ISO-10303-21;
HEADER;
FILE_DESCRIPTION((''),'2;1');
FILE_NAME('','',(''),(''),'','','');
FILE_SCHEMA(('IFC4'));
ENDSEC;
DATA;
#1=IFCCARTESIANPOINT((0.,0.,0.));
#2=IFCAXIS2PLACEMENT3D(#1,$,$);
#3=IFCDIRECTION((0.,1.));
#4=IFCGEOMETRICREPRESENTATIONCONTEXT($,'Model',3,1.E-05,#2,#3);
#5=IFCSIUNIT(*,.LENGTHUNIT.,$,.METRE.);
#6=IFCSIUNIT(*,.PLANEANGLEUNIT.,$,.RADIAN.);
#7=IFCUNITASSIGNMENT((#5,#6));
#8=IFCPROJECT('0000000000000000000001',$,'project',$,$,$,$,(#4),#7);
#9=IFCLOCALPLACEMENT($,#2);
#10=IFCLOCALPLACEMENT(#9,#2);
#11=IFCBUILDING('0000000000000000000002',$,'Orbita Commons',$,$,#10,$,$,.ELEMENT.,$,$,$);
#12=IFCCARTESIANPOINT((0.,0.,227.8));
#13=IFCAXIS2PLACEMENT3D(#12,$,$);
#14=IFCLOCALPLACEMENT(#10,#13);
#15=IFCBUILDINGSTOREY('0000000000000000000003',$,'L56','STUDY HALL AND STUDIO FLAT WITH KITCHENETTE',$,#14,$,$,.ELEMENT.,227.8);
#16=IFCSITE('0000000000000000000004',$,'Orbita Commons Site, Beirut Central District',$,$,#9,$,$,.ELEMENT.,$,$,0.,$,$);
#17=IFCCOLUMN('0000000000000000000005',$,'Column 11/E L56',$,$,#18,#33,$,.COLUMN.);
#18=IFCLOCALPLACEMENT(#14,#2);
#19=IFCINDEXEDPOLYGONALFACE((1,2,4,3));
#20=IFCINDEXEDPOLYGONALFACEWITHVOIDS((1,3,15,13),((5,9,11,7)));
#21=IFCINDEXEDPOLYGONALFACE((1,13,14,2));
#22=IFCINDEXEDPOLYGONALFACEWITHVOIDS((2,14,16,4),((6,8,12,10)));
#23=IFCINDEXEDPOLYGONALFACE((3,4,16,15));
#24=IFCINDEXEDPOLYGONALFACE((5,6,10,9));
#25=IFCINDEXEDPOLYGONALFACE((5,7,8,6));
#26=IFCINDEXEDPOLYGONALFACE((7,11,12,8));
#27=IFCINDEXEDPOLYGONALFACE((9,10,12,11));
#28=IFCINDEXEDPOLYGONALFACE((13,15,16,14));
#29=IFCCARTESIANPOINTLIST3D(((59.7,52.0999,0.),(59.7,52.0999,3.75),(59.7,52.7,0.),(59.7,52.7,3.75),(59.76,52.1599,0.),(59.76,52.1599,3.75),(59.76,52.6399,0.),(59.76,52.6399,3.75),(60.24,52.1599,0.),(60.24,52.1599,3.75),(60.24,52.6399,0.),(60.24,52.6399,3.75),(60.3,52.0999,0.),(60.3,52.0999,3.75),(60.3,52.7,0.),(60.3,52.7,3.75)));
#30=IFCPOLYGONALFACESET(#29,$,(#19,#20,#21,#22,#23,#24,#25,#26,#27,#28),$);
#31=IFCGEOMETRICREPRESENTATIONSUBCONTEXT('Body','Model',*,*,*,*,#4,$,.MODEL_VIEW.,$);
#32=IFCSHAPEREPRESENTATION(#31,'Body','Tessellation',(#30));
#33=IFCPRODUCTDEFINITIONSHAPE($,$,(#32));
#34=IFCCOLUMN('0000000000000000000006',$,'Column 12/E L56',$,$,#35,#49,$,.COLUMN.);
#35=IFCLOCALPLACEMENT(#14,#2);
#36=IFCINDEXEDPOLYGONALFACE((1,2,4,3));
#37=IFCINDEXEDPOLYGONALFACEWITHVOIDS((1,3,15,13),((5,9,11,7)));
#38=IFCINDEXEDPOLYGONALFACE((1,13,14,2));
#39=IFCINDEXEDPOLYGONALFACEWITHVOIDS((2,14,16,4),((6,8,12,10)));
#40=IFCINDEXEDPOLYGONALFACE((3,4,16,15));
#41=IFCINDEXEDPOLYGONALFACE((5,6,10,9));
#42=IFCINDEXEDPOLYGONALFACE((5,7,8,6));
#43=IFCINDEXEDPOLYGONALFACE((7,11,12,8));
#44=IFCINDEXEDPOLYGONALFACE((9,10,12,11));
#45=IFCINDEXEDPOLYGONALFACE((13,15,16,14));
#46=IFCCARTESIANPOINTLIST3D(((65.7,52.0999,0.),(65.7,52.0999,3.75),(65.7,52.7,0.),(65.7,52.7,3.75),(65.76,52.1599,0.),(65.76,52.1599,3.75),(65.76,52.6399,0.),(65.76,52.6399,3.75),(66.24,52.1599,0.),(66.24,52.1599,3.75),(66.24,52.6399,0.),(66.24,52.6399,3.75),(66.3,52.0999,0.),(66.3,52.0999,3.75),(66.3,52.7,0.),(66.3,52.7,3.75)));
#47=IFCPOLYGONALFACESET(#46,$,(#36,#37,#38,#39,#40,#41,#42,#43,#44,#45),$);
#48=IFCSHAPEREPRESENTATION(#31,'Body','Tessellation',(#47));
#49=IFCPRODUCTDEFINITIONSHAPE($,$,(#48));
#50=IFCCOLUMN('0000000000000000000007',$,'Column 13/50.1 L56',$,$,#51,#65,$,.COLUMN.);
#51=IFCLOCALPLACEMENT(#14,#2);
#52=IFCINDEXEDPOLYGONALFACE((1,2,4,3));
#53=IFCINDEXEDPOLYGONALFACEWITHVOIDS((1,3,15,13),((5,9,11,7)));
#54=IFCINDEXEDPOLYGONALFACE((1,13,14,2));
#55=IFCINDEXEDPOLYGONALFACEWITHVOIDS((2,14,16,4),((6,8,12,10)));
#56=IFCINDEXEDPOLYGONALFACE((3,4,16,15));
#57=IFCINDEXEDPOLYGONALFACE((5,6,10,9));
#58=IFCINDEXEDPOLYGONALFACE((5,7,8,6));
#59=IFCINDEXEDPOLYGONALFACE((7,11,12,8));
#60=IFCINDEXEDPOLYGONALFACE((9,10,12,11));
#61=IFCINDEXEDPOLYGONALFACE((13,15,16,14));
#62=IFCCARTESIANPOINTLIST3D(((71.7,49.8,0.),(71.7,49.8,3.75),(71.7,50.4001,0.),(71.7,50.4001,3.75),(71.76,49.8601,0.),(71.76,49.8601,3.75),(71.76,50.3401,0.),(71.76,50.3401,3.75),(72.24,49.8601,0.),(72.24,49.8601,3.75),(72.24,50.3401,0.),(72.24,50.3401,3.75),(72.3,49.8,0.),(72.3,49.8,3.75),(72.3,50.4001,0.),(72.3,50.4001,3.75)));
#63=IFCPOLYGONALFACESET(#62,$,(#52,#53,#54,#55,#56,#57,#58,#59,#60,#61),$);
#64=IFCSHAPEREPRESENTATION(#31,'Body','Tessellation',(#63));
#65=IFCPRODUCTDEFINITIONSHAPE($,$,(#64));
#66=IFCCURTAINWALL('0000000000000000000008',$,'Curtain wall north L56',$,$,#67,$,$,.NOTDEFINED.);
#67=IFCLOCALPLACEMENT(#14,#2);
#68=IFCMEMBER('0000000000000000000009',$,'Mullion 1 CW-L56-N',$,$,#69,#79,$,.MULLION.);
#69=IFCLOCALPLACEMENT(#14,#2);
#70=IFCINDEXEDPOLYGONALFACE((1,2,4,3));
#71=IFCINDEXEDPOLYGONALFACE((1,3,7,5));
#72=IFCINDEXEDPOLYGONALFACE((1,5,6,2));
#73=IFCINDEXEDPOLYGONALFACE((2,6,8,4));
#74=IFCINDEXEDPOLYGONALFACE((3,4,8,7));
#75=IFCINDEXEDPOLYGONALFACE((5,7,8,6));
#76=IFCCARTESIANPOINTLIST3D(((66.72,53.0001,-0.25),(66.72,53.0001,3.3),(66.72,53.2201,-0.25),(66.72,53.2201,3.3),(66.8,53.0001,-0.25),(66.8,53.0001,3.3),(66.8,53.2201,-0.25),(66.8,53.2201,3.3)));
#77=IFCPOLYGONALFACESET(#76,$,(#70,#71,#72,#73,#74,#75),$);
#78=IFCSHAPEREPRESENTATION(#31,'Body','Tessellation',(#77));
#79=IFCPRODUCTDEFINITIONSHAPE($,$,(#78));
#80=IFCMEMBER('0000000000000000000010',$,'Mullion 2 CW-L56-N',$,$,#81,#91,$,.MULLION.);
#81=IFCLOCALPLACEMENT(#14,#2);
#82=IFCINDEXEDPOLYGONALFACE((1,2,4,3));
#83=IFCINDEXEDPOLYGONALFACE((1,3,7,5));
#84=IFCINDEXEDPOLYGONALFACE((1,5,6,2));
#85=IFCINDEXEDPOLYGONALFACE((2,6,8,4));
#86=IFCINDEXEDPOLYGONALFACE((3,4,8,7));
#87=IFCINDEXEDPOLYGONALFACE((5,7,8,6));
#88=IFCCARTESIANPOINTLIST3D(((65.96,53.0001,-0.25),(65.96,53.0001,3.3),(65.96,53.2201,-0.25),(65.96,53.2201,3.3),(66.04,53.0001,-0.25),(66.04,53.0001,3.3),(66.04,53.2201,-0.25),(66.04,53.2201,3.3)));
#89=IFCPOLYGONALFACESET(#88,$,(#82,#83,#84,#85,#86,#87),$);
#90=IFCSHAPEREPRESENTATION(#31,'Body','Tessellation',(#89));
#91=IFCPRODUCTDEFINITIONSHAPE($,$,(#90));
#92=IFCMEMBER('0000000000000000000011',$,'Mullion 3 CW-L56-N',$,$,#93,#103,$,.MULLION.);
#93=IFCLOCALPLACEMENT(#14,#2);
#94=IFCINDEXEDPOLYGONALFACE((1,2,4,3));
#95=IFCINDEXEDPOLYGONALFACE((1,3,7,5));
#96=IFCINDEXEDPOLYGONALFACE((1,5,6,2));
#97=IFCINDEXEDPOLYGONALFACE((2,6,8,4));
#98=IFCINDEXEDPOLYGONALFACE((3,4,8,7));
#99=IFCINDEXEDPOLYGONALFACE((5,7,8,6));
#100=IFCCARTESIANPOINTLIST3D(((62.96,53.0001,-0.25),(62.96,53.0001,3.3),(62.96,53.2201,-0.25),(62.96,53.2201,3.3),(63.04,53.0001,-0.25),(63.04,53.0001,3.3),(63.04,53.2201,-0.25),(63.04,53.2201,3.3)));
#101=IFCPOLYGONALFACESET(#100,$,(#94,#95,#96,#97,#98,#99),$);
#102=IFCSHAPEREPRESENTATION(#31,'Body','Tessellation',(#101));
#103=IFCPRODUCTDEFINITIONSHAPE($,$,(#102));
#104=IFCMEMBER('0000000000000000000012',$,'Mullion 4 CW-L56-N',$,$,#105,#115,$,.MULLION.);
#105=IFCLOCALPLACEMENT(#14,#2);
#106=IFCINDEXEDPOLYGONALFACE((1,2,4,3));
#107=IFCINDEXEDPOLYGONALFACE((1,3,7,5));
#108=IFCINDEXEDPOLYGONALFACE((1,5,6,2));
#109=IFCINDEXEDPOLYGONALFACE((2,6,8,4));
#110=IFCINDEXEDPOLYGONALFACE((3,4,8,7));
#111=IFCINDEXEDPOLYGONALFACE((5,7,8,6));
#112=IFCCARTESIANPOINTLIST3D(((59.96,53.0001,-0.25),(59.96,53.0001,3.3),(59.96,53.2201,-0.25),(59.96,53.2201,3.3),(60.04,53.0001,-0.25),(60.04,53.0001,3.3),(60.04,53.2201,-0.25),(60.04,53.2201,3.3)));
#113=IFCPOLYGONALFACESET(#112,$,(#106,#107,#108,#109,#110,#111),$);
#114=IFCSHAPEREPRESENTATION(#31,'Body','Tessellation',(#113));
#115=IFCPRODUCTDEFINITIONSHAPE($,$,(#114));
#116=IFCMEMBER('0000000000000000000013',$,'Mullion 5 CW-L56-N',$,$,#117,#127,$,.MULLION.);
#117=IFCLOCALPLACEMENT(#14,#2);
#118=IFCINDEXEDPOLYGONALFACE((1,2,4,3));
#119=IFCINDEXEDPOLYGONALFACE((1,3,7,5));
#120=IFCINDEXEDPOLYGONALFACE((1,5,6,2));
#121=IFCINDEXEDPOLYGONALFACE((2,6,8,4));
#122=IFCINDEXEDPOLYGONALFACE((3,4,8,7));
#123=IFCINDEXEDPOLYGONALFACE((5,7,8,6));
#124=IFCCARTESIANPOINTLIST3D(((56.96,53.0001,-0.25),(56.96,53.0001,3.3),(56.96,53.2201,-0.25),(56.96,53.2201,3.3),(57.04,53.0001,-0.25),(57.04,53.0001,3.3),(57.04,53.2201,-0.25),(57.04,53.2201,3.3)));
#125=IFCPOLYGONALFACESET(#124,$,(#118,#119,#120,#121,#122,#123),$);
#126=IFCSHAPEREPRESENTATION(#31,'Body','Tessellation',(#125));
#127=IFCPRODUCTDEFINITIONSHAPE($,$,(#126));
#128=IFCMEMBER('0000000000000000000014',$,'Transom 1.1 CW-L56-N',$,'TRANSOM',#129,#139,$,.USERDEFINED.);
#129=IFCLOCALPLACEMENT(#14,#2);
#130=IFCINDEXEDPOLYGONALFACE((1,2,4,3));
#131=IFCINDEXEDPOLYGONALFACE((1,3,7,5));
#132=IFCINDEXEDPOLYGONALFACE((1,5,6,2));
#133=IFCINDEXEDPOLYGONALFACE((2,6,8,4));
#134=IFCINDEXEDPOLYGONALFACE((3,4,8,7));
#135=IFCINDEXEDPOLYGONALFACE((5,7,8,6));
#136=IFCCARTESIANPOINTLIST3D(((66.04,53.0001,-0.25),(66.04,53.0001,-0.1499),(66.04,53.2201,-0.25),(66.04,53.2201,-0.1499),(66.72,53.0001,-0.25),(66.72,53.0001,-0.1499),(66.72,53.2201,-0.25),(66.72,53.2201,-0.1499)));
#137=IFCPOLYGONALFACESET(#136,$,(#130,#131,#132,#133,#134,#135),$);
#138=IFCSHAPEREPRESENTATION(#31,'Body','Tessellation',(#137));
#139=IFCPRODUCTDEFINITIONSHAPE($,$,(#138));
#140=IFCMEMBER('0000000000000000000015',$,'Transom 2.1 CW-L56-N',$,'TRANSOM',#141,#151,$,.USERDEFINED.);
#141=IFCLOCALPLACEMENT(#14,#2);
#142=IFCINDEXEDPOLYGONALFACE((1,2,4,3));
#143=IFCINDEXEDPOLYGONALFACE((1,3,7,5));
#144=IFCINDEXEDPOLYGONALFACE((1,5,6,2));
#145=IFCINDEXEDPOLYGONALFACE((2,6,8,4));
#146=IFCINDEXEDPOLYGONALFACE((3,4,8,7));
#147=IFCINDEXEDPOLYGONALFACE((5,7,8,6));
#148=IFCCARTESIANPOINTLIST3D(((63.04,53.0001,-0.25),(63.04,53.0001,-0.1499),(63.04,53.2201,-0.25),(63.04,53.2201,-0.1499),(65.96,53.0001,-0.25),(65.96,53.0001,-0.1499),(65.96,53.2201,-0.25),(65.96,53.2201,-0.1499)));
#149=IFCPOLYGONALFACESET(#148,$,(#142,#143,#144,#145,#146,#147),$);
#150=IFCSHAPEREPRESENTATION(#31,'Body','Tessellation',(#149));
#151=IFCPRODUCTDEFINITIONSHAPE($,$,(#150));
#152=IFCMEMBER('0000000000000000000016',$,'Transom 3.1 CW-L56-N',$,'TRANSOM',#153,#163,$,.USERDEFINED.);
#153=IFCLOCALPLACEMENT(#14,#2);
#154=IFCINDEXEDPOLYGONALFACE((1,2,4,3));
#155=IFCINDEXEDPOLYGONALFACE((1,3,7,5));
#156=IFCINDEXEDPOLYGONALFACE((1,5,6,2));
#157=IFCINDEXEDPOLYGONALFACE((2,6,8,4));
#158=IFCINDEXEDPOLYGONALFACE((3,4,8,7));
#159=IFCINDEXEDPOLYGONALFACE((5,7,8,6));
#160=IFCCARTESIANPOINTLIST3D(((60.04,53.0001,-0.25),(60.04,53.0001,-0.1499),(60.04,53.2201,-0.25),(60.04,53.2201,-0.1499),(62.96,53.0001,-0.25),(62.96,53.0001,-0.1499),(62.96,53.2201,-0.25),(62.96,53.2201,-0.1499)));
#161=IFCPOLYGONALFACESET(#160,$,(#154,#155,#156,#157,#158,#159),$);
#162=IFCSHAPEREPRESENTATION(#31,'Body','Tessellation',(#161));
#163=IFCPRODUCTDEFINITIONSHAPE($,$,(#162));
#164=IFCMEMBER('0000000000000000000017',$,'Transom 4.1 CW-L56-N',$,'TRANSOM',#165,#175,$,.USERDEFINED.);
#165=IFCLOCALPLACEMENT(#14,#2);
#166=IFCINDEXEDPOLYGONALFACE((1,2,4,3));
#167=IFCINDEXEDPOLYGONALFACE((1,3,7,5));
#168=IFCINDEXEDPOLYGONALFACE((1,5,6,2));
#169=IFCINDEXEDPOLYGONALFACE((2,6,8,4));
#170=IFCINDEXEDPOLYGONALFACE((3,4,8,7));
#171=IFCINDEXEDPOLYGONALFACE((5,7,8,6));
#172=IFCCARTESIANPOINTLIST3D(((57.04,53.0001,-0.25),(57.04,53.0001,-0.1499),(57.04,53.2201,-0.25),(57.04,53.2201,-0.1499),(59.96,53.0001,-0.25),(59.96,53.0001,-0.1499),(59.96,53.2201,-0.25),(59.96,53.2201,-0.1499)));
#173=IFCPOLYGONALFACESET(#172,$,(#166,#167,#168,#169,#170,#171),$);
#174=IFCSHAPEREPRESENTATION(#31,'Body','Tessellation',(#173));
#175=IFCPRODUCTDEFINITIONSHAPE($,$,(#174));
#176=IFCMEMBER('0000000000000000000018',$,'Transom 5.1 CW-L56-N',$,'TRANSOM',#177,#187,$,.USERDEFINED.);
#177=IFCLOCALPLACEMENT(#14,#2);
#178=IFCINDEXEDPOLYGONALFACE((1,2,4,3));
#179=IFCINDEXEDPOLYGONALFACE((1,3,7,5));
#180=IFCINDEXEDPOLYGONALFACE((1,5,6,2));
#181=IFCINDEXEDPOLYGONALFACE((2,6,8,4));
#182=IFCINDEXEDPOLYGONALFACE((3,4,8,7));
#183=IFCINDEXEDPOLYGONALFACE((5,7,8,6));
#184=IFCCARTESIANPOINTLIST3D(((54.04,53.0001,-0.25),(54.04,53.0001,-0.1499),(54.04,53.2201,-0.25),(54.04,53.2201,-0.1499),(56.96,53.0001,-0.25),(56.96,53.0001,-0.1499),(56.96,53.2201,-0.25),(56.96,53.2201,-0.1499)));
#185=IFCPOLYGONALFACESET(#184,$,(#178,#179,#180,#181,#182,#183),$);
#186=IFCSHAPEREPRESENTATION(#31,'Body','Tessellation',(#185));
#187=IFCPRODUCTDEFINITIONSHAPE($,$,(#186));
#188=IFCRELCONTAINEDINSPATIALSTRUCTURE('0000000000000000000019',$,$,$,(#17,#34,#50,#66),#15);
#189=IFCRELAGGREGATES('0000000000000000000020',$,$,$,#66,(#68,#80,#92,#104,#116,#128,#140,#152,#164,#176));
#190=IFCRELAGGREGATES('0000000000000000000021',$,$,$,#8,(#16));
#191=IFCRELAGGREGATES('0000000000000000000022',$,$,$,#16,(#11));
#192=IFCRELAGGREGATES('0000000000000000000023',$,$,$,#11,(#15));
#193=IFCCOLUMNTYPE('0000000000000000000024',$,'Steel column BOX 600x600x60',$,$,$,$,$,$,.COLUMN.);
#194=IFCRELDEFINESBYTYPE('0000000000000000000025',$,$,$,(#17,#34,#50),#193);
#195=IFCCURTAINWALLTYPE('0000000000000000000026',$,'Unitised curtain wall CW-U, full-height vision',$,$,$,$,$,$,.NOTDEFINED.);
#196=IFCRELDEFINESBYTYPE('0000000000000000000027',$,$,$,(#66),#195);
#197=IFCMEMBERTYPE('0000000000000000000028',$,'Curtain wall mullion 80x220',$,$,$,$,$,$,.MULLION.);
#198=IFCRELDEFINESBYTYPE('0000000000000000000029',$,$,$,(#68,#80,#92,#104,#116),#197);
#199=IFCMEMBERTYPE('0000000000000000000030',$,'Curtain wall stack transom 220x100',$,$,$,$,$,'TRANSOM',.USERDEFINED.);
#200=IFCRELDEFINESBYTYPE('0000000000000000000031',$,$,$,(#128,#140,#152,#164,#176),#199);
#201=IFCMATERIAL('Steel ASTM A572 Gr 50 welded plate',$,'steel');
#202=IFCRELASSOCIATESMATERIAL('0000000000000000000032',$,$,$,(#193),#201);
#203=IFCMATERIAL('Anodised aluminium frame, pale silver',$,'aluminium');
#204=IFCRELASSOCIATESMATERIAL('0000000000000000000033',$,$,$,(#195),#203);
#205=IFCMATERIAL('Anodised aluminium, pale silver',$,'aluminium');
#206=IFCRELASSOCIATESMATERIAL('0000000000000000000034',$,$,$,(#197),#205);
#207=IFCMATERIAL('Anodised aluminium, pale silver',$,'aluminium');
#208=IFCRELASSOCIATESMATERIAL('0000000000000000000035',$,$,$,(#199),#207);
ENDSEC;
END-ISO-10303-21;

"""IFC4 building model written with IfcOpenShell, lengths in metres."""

from ifc_helpers import new_model, si_unit, direction, frame, origin, origin_2d, place, context, subcontext, project, spatial, rectangle, hollow_rectangle, extrude, material, material_profile, profile_set, type_object, element, aggregate, save


model = new_model("IFC4")

# Units and contexts
model_context = context("Model", 3, precision=1e-05, world=origin(), true_north=direction((0.0, 1.0)))
body_context = subcontext(model_context, "Body", "Model", "MODEL_VIEW")
ifc_project = project(units=[si_unit("LENGTHUNIT", "METRE"), si_unit("PLANEANGLEUNIT", "RADIAN")], contexts=[model_context])

# Site, building, storey
site_placement = place(None, origin())
site = spatial("IfcSite", under=ifc_project, at=site_placement, Name="Orbita Commons Site, Beirut Central District", CompositionType="ELEMENT", RefElevation=0.0)
building_placement = place(site_placement, origin())
building = spatial("IfcBuilding", under=site, at=building_placement, Name="Orbita Commons", CompositionType="ELEMENT")
storey_placement = place(building_placement, frame((0.0, 0.0, 227.8)))
storey = spatial("IfcBuildingStorey", under=building, at=storey_placement, Name="L56", Description="STUDY HALL AND STUDIO FLAT WITH KITCHENETTE", CompositionType="ELEMENT", Elevation=227.8)

# Columns
ifc_material_1 = material(Name="Steel ASTM A572 Gr 50 welded plate", Category="steel")
ifc_material_profile_1 = material_profile(ifc_material_1, hollow_rectangle(XDim=0.6001, YDim=0.6001, WallThickness=0.0601, at=origin_2d()), Name="BOX 600x600x60")
ifc_profile_set_1 = profile_set([ifc_material_profile_1], Name="Steel ASTM A572 Gr 50 welded plate")
column_type = type_object("IfcColumnType", Name="Steel column BOX 600x600x60", PredefinedType="COLUMN", material=ifc_profile_set_1)
for number, where, z_axis, x_axis, name in (
    (1, (60.0, 52.3999, 0.0), (0.0, 0.0, 1.0), (1.0, 0.0, 0.0), "Column 11/E L56"),
    (2, (66.0, 52.3999, 0.0), (0.0, 0.0, 1.0), (1.0, 0.0, 0.0), "Column 12/E L56"),
    (3, (72.0, 50.1001, 0.0), (0.0, 0.0, 1.0), (1.0, 0.0, 0.0), "Column 13/50.1 L56"),
):
    element("IfcColumn", number, at=place(storey_placement, frame(where, z_axis=z_axis, x_axis=x_axis)), inside=storey, type_object=column_type, Name=name, PredefinedType="COLUMN", context=body_context, shape_type="SweptSolid", body=[
        extrude(hollow_rectangle(XDim=0.6001, YDim=0.6001, WallThickness=0.0601, at=origin_2d()), origin(), (0.0, 0.0, 1.0), 3.75),
    ])

# Curtain wall, members
ifc_material_2 = material(Name="Anodised aluminium frame, pale silver", Category="aluminium")
curtain_wall_type = type_object("IfcCurtainWallType", Name="Unitised curtain wall CW-U, full-height vision", PredefinedType="NOTDEFINED", material=ifc_material_2)
curtain_wall_placement = place(storey_placement, origin())
curtain_wall = element("IfcCurtainWall", 4, at=curtain_wall_placement, inside=storey, type_object=curtain_wall_type, Name="Curtain wall north L56", PredefinedType="NOTDEFINED")
ifc_material_3 = material(Name="Anodised aluminium, pale silver", Category="aluminium")
ifc_material_profile_2 = material_profile(ifc_material_3, rectangle(XDim=0.0801, YDim=0.22, at=origin_2d()), Name="AL 80x220")
ifc_profile_set_2 = profile_set([ifc_material_profile_2], Name="Anodised aluminium, pale silver")
member_type_1 = type_object("IfcMemberType", Name="Curtain wall mullion 80x220", PredefinedType="MULLION", material=ifc_profile_set_2)
member_1_placement = place(storey_placement, frame((66.76, 53.1101, -0.25), z_axis=(0.0, 0.0, 1.0), x_axis=(-1.0, 0.0, 0.0)))
member_1 = element("IfcMember", 5, at=member_1_placement, type_object=member_type_1, Name="Mullion 1 CW-L56-N", PredefinedType="MULLION", context=body_context, shape_type="SweptSolid", body=[
    extrude(rectangle(XDim=0.0801, YDim=0.22, at=origin_2d()), origin(), (0.0, 0.0, 1.0), 3.55),
])
member_2_placement = place(storey_placement, frame((66.0, 53.1101, -0.25), z_axis=(0.0, 0.0, 1.0), x_axis=(-1.0, 0.0, 0.0)))
member_2 = element("IfcMember", 6, at=member_2_placement, type_object=member_type_1, Name="Mullion 2 CW-L56-N", PredefinedType="MULLION", context=body_context, shape_type="SweptSolid", body=[
    extrude(rectangle(XDim=0.0801, YDim=0.22, at=origin_2d()), origin(), (0.0, 0.0, 1.0), 3.55),
])
member_3_placement = place(storey_placement, frame((63.0, 53.1101, -0.25), z_axis=(0.0, 0.0, 1.0), x_axis=(-1.0, 0.0, 0.0)))
member_3 = element("IfcMember", 7, at=member_3_placement, type_object=member_type_1, Name="Mullion 3 CW-L56-N", PredefinedType="MULLION", context=body_context, shape_type="SweptSolid", body=[
    extrude(rectangle(XDim=0.0801, YDim=0.22, at=origin_2d()), origin(), (0.0, 0.0, 1.0), 3.55),
])
member_4_placement = place(storey_placement, frame((60.0, 53.1101, -0.25), z_axis=(0.0, 0.0, 1.0), x_axis=(-1.0, 0.0, 0.0)))
member_4 = element("IfcMember", 8, at=member_4_placement, type_object=member_type_1, Name="Mullion 4 CW-L56-N", PredefinedType="MULLION", context=body_context, shape_type="SweptSolid", body=[
    extrude(rectangle(XDim=0.0801, YDim=0.22, at=origin_2d()), origin(), (0.0, 0.0, 1.0), 3.55),
])
member_5_placement = place(storey_placement, frame((57.0, 53.1101, -0.25), z_axis=(0.0, 0.0, 1.0), x_axis=(-1.0, 0.0, 0.0)))
member_5 = element("IfcMember", 9, at=member_5_placement, type_object=member_type_1, Name="Mullion 5 CW-L56-N", PredefinedType="MULLION", context=body_context, shape_type="SweptSolid", body=[
    extrude(rectangle(XDim=0.0801, YDim=0.22, at=origin_2d()), origin(), (0.0, 0.0, 1.0), 3.55),
])
ifc_material_4 = material(Name="Anodised aluminium, pale silver", Category="aluminium")
ifc_material_profile_3 = material_profile(ifc_material_4, rectangle(XDim=0.22, YDim=0.1001, at=origin_2d()), Name="AL 220x100")
ifc_profile_set_3 = profile_set([ifc_material_profile_3], Name="Anodised aluminium, pale silver")
member_type_2 = type_object("IfcMemberType", Name="Curtain wall stack transom 220x100", ElementType="TRANSOM", PredefinedType="USERDEFINED", material=ifc_profile_set_3)
member_6_placement = place(storey_placement, frame((66.72, 53.1101, -0.2), z_axis=(-1.0, 0.0, 0.0), x_axis=(0.0, -1.0, 0.0)))
member_6 = element("IfcMember", 10, at=member_6_placement, type_object=member_type_2, Name="Transom 1.1 CW-L56-N", ObjectType="TRANSOM", PredefinedType="USERDEFINED", context=body_context, shape_type="SweptSolid", body=[
    extrude(rectangle(XDim=0.22, YDim=0.1001, at=origin_2d()), origin(), (0.0, 0.0, 1.0), 0.6799),
])
member_7_placement = place(storey_placement, frame((65.96, 53.1101, -0.2), z_axis=(-1.0, 0.0, 0.0), x_axis=(0.0, -1.0, 0.0)))
member_7 = element("IfcMember", 11, at=member_7_placement, type_object=member_type_2, Name="Transom 2.1 CW-L56-N", ObjectType="TRANSOM", PredefinedType="USERDEFINED", context=body_context, shape_type="SweptSolid", body=[
    extrude(rectangle(XDim=0.22, YDim=0.1001, at=origin_2d()), origin(), (0.0, 0.0, 1.0), 2.9199),
])
member_8_placement = place(storey_placement, frame((62.96, 53.1101, -0.2), z_axis=(-1.0, 0.0, 0.0), x_axis=(0.0, -1.0, 0.0)))
member_8 = element("IfcMember", 12, at=member_8_placement, type_object=member_type_2, Name="Transom 3.1 CW-L56-N", ObjectType="TRANSOM", PredefinedType="USERDEFINED", context=body_context, shape_type="SweptSolid", body=[
    extrude(rectangle(XDim=0.22, YDim=0.1001, at=origin_2d()), origin(), (0.0, 0.0, 1.0), 2.9199),
])
member_9_placement = place(storey_placement, frame((59.96, 53.1101, -0.2), z_axis=(-1.0, 0.0, 0.0), x_axis=(0.0, -1.0, 0.0)))
member_9 = element("IfcMember", 13, at=member_9_placement, type_object=member_type_2, Name="Transom 4.1 CW-L56-N", ObjectType="TRANSOM", PredefinedType="USERDEFINED", context=body_context, shape_type="SweptSolid", body=[
    extrude(rectangle(XDim=0.22, YDim=0.1001, at=origin_2d()), origin(), (0.0, 0.0, 1.0), 2.9199),
])
member_10_placement = place(storey_placement, frame((56.96, 53.1101, -0.2), z_axis=(-1.0, 0.0, 0.0), x_axis=(0.0, -1.0, 0.0)))
member_10 = element("IfcMember", 14, at=member_10_placement, type_object=member_type_2, Name="Transom 5.1 CW-L56-N", ObjectType="TRANSOM", PredefinedType="USERDEFINED", context=body_context, shape_type="SweptSolid", body=[
    extrude(rectangle(XDim=0.22, YDim=0.1001, at=origin_2d()), origin(), (0.0, 0.0, 1.0), 2.9199),
])

aggregate(curtain_wall, [member_1, member_2, member_3, member_4, member_5, member_6, member_7, member_8, member_9, member_10])

save(model, "model.ifc")
